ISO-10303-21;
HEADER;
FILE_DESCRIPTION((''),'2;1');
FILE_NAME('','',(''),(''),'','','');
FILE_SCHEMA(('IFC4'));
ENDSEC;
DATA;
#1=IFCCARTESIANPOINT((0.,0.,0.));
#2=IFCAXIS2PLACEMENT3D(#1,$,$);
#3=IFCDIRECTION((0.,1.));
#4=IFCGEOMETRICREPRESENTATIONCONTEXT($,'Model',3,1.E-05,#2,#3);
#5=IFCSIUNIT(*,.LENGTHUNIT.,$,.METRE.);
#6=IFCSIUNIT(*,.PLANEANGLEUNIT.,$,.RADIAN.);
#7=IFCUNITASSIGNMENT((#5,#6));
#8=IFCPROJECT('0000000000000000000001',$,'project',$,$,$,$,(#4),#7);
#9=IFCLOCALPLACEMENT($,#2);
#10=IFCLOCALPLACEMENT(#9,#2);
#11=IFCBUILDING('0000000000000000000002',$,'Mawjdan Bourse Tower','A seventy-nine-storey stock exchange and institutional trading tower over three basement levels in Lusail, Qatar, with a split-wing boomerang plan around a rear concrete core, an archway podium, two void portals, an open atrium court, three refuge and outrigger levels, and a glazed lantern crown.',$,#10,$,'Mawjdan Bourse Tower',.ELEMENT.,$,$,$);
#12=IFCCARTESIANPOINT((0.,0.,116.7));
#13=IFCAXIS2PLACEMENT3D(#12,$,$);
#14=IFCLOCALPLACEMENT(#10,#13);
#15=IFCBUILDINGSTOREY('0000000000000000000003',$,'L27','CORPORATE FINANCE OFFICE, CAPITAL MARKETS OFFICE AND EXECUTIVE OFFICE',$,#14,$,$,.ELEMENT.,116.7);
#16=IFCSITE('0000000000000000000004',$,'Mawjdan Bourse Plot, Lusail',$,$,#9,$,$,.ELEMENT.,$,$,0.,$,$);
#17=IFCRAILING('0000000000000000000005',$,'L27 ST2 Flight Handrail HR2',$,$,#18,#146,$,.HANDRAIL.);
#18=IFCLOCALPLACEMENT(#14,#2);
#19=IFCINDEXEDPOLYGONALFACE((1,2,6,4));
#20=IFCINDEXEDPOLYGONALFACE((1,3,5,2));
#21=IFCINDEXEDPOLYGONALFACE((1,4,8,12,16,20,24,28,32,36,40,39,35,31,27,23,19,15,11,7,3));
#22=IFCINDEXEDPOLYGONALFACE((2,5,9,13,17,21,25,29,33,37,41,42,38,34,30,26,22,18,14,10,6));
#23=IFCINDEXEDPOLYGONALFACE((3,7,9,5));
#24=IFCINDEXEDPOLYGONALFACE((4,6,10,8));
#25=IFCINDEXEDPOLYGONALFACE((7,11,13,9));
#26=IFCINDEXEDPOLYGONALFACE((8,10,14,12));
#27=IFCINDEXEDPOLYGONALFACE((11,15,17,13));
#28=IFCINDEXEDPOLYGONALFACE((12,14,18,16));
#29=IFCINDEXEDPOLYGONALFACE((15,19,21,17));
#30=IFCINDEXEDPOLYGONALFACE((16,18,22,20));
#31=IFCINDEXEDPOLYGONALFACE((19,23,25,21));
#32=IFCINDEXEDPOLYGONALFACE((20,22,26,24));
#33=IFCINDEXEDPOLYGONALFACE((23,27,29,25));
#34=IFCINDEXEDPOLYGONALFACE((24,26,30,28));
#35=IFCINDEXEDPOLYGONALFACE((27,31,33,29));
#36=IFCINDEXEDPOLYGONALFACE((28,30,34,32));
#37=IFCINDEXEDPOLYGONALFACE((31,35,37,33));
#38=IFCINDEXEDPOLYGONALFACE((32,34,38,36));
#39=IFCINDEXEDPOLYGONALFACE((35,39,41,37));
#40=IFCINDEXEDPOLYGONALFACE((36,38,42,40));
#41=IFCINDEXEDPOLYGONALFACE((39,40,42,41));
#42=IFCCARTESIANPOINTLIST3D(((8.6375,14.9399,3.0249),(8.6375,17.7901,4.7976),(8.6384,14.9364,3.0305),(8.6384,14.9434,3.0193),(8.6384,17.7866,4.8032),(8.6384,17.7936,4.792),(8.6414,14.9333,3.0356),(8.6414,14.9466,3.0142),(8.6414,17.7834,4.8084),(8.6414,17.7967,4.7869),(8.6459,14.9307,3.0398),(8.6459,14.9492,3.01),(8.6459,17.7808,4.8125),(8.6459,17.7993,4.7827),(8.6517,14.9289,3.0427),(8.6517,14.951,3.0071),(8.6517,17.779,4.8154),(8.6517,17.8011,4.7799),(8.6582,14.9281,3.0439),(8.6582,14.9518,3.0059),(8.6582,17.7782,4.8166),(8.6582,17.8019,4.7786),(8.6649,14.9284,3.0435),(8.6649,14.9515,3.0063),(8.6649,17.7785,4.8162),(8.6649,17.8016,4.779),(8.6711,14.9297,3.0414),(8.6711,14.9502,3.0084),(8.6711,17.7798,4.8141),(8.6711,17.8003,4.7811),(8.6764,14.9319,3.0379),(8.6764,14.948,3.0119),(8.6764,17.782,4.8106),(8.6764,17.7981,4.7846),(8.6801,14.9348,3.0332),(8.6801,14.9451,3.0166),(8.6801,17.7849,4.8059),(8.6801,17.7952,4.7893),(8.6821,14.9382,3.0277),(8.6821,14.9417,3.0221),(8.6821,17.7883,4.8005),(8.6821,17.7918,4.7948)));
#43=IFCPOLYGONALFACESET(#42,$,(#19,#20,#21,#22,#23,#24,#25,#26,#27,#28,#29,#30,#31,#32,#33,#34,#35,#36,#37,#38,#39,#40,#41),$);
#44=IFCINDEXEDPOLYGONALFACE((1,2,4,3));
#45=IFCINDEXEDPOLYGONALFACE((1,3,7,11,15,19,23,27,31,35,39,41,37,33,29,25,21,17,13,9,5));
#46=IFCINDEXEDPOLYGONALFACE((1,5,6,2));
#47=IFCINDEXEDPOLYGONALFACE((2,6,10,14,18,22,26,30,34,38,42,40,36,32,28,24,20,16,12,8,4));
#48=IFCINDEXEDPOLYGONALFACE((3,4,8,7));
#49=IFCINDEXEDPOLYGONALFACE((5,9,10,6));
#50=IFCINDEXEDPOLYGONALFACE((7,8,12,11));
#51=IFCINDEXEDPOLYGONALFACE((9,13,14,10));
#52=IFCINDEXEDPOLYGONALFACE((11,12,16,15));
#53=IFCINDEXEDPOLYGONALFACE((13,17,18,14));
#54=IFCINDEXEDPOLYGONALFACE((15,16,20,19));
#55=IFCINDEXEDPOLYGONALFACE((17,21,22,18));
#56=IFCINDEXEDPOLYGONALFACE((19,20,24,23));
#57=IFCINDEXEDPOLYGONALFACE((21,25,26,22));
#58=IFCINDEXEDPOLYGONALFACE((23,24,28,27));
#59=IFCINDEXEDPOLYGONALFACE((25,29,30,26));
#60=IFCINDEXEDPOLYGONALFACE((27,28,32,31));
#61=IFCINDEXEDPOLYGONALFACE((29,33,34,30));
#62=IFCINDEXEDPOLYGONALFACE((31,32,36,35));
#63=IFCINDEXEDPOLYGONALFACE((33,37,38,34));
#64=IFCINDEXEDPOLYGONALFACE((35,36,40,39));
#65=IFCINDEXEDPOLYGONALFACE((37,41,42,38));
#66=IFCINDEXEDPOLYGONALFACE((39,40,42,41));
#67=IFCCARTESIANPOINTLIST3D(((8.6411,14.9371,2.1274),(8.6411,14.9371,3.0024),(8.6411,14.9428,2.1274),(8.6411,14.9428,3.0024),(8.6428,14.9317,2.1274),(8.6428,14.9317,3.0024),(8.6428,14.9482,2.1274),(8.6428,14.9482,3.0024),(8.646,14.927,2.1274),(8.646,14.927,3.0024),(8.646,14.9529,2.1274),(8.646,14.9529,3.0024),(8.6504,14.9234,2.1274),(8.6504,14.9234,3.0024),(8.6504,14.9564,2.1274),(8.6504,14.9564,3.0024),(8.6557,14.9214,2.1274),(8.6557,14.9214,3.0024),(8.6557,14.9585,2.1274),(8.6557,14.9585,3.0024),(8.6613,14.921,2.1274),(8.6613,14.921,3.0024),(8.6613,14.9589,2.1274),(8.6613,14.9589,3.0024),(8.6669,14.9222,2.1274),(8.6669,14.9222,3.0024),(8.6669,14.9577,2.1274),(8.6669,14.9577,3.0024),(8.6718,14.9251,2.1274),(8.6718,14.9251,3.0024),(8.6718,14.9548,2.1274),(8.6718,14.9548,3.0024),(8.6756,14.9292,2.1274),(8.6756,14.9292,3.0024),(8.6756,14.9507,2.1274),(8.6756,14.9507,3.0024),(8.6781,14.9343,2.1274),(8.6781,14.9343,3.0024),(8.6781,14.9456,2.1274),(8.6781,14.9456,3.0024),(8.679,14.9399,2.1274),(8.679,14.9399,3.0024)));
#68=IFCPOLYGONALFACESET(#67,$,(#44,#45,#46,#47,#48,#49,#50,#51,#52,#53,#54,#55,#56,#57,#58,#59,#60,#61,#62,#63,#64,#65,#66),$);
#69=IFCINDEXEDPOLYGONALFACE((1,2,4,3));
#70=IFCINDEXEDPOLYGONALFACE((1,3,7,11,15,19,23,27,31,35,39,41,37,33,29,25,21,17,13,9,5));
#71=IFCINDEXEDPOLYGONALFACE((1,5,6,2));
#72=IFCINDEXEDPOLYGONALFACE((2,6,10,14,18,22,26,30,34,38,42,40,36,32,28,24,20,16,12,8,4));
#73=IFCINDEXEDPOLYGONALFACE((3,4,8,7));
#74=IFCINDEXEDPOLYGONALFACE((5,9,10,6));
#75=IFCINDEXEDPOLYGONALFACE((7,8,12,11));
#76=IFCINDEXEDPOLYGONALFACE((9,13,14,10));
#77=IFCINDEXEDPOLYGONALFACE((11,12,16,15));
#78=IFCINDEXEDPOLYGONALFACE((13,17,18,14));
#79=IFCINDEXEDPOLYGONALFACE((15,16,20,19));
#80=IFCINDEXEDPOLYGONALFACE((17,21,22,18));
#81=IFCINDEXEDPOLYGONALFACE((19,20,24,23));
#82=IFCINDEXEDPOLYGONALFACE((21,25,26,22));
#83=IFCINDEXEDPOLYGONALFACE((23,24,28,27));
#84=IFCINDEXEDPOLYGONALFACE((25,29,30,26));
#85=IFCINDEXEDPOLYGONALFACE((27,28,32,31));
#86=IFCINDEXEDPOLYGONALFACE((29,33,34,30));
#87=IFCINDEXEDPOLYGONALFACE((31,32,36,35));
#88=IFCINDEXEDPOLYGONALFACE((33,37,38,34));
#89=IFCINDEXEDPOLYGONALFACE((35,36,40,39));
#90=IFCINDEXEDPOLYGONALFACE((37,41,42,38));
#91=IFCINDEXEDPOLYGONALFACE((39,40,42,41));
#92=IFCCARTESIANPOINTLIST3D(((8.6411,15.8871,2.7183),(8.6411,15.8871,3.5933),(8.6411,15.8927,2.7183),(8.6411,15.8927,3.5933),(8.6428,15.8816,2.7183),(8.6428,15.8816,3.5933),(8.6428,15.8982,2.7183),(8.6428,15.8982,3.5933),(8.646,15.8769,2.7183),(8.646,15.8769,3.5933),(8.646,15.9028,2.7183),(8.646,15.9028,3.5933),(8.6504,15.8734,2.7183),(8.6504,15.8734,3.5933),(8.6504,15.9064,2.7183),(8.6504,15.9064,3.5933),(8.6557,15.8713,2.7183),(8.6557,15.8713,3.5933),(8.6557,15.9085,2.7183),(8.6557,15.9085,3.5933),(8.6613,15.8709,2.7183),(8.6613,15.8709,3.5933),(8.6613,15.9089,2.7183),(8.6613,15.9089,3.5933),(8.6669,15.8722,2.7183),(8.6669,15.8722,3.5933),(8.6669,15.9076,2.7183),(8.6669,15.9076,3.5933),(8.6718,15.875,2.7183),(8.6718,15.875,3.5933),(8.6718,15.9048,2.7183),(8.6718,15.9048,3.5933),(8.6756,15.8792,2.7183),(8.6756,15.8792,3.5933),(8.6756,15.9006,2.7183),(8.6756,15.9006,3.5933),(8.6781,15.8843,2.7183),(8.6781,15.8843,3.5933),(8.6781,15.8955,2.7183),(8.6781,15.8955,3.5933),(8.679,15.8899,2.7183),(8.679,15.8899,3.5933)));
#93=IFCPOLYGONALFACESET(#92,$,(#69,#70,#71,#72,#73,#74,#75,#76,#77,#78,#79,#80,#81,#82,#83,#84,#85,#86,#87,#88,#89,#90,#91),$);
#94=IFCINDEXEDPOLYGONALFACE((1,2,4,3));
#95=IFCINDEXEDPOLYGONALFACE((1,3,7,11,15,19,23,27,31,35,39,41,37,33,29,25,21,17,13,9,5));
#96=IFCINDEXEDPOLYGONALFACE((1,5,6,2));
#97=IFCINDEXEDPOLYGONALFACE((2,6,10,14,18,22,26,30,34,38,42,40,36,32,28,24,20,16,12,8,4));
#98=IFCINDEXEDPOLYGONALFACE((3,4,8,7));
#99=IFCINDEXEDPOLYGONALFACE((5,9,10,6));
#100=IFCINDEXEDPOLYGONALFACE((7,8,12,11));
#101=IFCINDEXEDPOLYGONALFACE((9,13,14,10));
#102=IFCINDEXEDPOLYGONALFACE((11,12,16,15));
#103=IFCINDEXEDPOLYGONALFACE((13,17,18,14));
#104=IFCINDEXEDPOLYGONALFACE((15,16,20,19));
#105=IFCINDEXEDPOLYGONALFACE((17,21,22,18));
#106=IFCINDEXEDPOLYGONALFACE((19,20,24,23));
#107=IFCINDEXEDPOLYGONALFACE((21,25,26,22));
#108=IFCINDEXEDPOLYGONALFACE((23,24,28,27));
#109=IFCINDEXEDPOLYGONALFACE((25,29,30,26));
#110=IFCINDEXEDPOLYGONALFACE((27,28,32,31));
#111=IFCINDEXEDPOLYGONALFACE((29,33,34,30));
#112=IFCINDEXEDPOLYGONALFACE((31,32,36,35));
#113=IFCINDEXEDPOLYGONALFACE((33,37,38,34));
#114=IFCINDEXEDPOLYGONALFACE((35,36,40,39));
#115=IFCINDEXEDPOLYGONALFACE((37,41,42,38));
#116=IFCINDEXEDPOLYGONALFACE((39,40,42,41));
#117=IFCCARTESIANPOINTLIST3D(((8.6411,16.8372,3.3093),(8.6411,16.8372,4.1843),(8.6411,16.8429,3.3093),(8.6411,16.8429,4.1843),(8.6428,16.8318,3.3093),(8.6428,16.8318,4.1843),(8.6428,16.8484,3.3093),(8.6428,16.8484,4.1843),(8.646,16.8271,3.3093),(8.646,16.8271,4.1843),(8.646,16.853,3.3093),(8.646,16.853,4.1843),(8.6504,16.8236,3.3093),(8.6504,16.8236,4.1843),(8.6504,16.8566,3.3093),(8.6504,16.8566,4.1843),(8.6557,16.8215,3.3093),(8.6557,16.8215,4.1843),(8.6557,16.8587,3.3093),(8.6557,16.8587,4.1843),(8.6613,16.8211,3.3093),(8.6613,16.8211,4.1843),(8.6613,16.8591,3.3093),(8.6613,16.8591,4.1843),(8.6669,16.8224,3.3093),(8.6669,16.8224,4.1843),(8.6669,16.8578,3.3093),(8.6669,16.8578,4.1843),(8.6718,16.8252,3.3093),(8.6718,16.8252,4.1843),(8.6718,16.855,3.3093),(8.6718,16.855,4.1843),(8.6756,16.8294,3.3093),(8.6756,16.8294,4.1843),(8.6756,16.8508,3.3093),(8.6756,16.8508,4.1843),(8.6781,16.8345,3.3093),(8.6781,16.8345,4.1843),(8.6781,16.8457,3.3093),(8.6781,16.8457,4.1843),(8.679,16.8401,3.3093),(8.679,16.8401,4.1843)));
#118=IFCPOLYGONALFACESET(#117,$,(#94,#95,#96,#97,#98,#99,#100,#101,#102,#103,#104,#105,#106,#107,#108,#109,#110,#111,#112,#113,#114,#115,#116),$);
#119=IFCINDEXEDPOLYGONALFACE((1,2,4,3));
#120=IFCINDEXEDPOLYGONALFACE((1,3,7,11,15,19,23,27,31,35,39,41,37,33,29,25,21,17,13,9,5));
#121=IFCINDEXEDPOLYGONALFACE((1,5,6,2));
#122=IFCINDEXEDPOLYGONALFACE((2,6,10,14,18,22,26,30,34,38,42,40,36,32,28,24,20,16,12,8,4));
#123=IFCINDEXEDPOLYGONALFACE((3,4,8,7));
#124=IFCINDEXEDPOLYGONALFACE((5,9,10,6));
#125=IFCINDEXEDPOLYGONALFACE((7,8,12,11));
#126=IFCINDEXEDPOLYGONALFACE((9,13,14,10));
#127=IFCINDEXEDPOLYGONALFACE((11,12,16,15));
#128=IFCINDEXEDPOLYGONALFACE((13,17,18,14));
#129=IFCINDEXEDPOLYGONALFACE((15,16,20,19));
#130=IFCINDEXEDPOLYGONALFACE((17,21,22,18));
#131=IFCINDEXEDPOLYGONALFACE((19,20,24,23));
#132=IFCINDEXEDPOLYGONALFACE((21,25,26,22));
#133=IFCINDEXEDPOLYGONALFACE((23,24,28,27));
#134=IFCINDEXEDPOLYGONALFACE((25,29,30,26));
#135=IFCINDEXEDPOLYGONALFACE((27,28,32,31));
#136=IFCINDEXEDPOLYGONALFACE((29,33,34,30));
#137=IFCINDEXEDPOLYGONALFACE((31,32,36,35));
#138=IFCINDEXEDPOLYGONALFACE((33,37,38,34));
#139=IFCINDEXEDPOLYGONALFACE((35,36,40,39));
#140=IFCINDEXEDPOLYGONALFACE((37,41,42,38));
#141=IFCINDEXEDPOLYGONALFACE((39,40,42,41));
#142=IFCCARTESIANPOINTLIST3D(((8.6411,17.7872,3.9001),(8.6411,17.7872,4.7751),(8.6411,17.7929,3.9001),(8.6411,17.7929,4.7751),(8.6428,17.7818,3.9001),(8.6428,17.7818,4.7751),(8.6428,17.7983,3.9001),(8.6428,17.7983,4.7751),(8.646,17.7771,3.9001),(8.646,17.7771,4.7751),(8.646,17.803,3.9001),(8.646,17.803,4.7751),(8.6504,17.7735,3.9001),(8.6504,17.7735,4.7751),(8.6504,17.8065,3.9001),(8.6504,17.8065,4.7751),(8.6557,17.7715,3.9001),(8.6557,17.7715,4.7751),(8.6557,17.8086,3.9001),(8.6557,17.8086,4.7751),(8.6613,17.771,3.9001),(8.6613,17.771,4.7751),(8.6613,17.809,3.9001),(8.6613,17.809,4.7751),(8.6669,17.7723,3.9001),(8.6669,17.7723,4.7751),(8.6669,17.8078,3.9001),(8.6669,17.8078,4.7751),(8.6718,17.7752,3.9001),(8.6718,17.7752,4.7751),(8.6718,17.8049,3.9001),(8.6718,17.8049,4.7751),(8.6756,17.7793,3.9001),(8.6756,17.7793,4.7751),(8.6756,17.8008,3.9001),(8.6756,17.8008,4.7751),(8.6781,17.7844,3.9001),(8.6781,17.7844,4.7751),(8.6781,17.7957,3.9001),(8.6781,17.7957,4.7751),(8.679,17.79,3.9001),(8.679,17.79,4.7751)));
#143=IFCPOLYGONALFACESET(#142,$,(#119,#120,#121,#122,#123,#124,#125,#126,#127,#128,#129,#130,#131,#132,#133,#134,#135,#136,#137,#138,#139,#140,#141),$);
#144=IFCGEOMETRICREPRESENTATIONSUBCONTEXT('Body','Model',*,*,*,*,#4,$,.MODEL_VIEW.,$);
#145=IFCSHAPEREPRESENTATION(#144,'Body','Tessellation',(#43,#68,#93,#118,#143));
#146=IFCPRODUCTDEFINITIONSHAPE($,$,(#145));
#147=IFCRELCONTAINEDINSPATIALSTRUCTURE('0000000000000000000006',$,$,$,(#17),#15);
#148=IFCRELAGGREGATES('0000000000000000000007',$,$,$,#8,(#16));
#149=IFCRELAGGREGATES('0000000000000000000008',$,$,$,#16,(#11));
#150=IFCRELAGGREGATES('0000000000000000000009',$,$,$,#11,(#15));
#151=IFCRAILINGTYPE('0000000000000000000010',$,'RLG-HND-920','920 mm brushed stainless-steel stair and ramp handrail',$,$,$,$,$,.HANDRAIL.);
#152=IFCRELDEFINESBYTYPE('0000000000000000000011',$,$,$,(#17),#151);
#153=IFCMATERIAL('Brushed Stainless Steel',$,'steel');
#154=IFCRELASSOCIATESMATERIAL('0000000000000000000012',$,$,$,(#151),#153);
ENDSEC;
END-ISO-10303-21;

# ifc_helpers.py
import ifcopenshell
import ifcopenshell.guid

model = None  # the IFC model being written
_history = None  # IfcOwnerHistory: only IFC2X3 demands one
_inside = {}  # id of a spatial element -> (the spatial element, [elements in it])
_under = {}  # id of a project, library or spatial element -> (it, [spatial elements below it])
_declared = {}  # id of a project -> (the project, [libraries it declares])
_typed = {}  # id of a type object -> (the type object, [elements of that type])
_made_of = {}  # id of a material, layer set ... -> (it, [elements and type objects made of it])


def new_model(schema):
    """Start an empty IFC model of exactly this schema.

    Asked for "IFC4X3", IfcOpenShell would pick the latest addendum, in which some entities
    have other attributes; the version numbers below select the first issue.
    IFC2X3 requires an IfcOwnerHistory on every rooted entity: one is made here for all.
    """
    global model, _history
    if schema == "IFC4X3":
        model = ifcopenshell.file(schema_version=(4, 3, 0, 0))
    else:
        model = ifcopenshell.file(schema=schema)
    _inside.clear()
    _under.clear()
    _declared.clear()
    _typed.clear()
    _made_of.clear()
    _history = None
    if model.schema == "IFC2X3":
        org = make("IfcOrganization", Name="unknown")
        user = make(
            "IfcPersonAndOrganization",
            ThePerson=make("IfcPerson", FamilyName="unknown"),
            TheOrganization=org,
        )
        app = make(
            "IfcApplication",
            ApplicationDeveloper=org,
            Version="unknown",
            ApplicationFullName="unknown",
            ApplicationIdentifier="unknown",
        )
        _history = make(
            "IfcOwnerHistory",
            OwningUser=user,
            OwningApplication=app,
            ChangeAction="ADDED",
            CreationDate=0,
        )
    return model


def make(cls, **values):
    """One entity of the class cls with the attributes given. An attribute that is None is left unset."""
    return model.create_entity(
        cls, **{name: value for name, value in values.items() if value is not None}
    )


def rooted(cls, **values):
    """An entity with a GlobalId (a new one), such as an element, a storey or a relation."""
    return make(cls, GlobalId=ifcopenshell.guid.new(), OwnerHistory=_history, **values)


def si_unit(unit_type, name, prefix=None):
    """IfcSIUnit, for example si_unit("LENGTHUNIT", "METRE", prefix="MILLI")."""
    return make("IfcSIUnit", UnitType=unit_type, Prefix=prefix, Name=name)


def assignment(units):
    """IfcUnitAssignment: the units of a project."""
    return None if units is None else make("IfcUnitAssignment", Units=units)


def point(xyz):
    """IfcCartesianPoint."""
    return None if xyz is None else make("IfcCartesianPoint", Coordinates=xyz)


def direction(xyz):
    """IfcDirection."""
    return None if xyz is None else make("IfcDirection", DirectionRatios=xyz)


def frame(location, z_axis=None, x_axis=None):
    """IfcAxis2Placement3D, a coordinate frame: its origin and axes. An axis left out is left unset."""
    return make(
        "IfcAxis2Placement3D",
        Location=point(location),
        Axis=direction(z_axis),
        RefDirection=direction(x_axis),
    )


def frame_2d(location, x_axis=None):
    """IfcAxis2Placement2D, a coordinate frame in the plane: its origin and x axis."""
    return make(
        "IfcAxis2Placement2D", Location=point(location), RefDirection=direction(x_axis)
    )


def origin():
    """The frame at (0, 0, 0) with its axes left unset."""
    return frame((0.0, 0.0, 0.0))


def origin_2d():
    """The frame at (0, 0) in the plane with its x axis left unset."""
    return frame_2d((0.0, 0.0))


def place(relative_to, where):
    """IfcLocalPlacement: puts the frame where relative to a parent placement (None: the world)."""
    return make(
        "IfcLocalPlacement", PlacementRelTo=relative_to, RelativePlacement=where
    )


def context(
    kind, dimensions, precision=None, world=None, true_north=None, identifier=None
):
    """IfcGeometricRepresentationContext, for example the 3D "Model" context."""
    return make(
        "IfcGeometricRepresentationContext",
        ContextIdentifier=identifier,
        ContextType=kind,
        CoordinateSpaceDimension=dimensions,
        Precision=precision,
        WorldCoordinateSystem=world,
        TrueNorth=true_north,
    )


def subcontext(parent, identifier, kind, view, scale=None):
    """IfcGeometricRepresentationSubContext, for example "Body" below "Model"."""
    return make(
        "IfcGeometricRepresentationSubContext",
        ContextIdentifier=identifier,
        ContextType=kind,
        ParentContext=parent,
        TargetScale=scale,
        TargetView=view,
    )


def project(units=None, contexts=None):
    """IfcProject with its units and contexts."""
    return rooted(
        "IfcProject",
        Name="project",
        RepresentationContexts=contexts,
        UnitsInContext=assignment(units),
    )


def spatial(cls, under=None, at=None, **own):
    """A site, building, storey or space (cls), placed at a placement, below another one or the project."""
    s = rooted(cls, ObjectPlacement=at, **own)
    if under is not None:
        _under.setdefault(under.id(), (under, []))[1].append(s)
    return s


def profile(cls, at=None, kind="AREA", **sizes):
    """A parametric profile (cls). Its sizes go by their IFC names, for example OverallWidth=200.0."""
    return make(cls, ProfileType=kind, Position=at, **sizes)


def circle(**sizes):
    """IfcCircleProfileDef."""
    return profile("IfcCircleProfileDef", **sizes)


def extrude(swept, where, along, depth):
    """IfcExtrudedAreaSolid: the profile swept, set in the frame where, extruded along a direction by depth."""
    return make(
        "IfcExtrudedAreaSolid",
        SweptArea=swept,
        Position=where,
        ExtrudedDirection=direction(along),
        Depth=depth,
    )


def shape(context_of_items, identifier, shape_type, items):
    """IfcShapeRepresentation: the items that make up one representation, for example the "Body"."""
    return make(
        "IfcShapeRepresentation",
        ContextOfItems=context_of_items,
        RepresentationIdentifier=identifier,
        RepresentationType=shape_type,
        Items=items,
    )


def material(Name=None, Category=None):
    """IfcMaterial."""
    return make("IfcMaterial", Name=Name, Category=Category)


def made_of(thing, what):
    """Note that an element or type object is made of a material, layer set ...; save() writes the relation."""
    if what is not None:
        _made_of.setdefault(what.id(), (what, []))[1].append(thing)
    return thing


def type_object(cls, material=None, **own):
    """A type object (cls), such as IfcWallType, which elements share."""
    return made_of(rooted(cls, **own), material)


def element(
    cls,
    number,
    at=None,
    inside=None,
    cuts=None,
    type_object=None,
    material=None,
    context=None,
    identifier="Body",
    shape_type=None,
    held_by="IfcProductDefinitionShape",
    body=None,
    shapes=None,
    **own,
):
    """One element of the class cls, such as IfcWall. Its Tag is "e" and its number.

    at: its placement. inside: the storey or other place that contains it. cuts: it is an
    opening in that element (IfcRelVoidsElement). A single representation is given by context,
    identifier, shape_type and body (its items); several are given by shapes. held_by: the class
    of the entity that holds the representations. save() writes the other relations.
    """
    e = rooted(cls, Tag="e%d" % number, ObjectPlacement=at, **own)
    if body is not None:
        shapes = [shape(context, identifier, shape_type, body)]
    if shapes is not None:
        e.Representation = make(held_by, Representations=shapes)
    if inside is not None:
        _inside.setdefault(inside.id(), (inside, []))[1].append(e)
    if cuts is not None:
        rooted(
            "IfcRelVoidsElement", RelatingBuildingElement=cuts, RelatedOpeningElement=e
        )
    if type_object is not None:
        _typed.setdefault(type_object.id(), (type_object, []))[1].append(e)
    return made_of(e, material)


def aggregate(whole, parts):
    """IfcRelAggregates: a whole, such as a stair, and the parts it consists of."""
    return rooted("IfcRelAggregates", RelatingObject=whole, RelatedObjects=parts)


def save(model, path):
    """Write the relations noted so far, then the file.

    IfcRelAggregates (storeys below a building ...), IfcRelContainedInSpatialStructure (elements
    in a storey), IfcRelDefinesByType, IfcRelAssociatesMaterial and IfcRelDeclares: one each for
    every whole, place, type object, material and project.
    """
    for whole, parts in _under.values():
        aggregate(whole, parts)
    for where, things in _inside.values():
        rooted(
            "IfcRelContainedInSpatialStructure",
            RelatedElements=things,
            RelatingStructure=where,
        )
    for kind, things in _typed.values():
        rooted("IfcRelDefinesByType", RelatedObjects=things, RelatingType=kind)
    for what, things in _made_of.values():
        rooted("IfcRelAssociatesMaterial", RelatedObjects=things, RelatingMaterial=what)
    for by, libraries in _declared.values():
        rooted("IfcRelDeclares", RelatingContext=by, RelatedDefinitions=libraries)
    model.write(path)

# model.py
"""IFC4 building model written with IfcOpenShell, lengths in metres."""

from ifc_helpers import new_model, si_unit, direction, frame, origin, origin_2d, place, context, subcontext, project, spatial, circle, extrude, material, type_object, element, save


model = new_model("IFC4")

# Units and contexts
model_context = context("Model", 3, precision=1e-05, world=origin(), true_north=direction((0.0, 1.0)))
body_context = subcontext(model_context, "Body", "Model", "MODEL_VIEW")
ifc_project = project(units=[si_unit("LENGTHUNIT", "METRE"), si_unit("PLANEANGLEUNIT", "RADIAN")], contexts=[model_context])

# Site, building, storey
site_placement = place(None, origin())
site = spatial("IfcSite", under=ifc_project, at=site_placement, Name="Mawjdan Bourse Plot, Lusail", CompositionType="ELEMENT", RefElevation=0.0)
building_placement = place(site_placement, origin())
building = spatial("IfcBuilding", under=site, at=building_placement, Name="Mawjdan Bourse Tower", Description="A seventy-nine-storey stock exchange and institutional trading tower over three basement levels in Lusail, Qatar, with a split-wing boomerang plan around a rear concrete core, an archway podium, two void portals, an open atrium court, three refuge and outrigger levels, and a glazed lantern crown.", LongName="Mawjdan Bourse Tower", CompositionType="ELEMENT")
storey_placement = place(building_placement, frame((0.0, 0.0, 116.7)))
storey = spatial("IfcBuildingStorey", under=building, at=storey_placement, Name="L27", Description="CORPORATE FINANCE OFFICE, CAPITAL MARKETS OFFICE AND EXECUTIVE OFFICE", CompositionType="ELEMENT", Elevation=116.7)

# Railing
ifc_material_1 = material(Name="Brushed Stainless Steel", Category="steel")
railing_type_1 = type_object("IfcRailingType", Name="RLG-HND-920", Description="920 mm brushed stainless-steel stair and ramp handrail", PredefinedType="HANDRAIL", material=ifc_material_1)
railing_1_placement = place(storey_placement, frame((8.6599, 14.9399, 2.1274)))
element("IfcRailing", 1, at=railing_1_placement, inside=storey, type_object=railing_type_1, Name="L27 ST2 Flight Handrail HR2", PredefinedType="HANDRAIL", context=body_context, shape_type="SweptSolid", body=[
    extrude(circle(Radius=0.0225, at=origin_2d()), frame((0.0, 0.0, 0.8975), z_axis=(0.0, 0.849149, 0.528154), x_axis=(-1.0, 0.0, 0.0)), (0.0, 0.0, 1.0), 3.3564),
    extrude(circle(Radius=0.019, at=origin_2d()), origin(), (0.0, 0.0, 1.0), 0.875),
    extrude(circle(Radius=0.019, at=origin_2d()), frame((0.0, 0.95, 0.5908)), (0.0, 0.0, 1.0), 0.875),
    extrude(circle(Radius=0.019, at=origin_2d()), frame((0.0, 1.9001, 1.1819)), (0.0, 0.0, 1.0), 0.875),
    extrude(circle(Radius=0.019, at=origin_2d()), frame((0.0, 2.8501, 1.7727)), (0.0, 0.0, 1.0), 0.875),
])

save(model, "model.ifc")
